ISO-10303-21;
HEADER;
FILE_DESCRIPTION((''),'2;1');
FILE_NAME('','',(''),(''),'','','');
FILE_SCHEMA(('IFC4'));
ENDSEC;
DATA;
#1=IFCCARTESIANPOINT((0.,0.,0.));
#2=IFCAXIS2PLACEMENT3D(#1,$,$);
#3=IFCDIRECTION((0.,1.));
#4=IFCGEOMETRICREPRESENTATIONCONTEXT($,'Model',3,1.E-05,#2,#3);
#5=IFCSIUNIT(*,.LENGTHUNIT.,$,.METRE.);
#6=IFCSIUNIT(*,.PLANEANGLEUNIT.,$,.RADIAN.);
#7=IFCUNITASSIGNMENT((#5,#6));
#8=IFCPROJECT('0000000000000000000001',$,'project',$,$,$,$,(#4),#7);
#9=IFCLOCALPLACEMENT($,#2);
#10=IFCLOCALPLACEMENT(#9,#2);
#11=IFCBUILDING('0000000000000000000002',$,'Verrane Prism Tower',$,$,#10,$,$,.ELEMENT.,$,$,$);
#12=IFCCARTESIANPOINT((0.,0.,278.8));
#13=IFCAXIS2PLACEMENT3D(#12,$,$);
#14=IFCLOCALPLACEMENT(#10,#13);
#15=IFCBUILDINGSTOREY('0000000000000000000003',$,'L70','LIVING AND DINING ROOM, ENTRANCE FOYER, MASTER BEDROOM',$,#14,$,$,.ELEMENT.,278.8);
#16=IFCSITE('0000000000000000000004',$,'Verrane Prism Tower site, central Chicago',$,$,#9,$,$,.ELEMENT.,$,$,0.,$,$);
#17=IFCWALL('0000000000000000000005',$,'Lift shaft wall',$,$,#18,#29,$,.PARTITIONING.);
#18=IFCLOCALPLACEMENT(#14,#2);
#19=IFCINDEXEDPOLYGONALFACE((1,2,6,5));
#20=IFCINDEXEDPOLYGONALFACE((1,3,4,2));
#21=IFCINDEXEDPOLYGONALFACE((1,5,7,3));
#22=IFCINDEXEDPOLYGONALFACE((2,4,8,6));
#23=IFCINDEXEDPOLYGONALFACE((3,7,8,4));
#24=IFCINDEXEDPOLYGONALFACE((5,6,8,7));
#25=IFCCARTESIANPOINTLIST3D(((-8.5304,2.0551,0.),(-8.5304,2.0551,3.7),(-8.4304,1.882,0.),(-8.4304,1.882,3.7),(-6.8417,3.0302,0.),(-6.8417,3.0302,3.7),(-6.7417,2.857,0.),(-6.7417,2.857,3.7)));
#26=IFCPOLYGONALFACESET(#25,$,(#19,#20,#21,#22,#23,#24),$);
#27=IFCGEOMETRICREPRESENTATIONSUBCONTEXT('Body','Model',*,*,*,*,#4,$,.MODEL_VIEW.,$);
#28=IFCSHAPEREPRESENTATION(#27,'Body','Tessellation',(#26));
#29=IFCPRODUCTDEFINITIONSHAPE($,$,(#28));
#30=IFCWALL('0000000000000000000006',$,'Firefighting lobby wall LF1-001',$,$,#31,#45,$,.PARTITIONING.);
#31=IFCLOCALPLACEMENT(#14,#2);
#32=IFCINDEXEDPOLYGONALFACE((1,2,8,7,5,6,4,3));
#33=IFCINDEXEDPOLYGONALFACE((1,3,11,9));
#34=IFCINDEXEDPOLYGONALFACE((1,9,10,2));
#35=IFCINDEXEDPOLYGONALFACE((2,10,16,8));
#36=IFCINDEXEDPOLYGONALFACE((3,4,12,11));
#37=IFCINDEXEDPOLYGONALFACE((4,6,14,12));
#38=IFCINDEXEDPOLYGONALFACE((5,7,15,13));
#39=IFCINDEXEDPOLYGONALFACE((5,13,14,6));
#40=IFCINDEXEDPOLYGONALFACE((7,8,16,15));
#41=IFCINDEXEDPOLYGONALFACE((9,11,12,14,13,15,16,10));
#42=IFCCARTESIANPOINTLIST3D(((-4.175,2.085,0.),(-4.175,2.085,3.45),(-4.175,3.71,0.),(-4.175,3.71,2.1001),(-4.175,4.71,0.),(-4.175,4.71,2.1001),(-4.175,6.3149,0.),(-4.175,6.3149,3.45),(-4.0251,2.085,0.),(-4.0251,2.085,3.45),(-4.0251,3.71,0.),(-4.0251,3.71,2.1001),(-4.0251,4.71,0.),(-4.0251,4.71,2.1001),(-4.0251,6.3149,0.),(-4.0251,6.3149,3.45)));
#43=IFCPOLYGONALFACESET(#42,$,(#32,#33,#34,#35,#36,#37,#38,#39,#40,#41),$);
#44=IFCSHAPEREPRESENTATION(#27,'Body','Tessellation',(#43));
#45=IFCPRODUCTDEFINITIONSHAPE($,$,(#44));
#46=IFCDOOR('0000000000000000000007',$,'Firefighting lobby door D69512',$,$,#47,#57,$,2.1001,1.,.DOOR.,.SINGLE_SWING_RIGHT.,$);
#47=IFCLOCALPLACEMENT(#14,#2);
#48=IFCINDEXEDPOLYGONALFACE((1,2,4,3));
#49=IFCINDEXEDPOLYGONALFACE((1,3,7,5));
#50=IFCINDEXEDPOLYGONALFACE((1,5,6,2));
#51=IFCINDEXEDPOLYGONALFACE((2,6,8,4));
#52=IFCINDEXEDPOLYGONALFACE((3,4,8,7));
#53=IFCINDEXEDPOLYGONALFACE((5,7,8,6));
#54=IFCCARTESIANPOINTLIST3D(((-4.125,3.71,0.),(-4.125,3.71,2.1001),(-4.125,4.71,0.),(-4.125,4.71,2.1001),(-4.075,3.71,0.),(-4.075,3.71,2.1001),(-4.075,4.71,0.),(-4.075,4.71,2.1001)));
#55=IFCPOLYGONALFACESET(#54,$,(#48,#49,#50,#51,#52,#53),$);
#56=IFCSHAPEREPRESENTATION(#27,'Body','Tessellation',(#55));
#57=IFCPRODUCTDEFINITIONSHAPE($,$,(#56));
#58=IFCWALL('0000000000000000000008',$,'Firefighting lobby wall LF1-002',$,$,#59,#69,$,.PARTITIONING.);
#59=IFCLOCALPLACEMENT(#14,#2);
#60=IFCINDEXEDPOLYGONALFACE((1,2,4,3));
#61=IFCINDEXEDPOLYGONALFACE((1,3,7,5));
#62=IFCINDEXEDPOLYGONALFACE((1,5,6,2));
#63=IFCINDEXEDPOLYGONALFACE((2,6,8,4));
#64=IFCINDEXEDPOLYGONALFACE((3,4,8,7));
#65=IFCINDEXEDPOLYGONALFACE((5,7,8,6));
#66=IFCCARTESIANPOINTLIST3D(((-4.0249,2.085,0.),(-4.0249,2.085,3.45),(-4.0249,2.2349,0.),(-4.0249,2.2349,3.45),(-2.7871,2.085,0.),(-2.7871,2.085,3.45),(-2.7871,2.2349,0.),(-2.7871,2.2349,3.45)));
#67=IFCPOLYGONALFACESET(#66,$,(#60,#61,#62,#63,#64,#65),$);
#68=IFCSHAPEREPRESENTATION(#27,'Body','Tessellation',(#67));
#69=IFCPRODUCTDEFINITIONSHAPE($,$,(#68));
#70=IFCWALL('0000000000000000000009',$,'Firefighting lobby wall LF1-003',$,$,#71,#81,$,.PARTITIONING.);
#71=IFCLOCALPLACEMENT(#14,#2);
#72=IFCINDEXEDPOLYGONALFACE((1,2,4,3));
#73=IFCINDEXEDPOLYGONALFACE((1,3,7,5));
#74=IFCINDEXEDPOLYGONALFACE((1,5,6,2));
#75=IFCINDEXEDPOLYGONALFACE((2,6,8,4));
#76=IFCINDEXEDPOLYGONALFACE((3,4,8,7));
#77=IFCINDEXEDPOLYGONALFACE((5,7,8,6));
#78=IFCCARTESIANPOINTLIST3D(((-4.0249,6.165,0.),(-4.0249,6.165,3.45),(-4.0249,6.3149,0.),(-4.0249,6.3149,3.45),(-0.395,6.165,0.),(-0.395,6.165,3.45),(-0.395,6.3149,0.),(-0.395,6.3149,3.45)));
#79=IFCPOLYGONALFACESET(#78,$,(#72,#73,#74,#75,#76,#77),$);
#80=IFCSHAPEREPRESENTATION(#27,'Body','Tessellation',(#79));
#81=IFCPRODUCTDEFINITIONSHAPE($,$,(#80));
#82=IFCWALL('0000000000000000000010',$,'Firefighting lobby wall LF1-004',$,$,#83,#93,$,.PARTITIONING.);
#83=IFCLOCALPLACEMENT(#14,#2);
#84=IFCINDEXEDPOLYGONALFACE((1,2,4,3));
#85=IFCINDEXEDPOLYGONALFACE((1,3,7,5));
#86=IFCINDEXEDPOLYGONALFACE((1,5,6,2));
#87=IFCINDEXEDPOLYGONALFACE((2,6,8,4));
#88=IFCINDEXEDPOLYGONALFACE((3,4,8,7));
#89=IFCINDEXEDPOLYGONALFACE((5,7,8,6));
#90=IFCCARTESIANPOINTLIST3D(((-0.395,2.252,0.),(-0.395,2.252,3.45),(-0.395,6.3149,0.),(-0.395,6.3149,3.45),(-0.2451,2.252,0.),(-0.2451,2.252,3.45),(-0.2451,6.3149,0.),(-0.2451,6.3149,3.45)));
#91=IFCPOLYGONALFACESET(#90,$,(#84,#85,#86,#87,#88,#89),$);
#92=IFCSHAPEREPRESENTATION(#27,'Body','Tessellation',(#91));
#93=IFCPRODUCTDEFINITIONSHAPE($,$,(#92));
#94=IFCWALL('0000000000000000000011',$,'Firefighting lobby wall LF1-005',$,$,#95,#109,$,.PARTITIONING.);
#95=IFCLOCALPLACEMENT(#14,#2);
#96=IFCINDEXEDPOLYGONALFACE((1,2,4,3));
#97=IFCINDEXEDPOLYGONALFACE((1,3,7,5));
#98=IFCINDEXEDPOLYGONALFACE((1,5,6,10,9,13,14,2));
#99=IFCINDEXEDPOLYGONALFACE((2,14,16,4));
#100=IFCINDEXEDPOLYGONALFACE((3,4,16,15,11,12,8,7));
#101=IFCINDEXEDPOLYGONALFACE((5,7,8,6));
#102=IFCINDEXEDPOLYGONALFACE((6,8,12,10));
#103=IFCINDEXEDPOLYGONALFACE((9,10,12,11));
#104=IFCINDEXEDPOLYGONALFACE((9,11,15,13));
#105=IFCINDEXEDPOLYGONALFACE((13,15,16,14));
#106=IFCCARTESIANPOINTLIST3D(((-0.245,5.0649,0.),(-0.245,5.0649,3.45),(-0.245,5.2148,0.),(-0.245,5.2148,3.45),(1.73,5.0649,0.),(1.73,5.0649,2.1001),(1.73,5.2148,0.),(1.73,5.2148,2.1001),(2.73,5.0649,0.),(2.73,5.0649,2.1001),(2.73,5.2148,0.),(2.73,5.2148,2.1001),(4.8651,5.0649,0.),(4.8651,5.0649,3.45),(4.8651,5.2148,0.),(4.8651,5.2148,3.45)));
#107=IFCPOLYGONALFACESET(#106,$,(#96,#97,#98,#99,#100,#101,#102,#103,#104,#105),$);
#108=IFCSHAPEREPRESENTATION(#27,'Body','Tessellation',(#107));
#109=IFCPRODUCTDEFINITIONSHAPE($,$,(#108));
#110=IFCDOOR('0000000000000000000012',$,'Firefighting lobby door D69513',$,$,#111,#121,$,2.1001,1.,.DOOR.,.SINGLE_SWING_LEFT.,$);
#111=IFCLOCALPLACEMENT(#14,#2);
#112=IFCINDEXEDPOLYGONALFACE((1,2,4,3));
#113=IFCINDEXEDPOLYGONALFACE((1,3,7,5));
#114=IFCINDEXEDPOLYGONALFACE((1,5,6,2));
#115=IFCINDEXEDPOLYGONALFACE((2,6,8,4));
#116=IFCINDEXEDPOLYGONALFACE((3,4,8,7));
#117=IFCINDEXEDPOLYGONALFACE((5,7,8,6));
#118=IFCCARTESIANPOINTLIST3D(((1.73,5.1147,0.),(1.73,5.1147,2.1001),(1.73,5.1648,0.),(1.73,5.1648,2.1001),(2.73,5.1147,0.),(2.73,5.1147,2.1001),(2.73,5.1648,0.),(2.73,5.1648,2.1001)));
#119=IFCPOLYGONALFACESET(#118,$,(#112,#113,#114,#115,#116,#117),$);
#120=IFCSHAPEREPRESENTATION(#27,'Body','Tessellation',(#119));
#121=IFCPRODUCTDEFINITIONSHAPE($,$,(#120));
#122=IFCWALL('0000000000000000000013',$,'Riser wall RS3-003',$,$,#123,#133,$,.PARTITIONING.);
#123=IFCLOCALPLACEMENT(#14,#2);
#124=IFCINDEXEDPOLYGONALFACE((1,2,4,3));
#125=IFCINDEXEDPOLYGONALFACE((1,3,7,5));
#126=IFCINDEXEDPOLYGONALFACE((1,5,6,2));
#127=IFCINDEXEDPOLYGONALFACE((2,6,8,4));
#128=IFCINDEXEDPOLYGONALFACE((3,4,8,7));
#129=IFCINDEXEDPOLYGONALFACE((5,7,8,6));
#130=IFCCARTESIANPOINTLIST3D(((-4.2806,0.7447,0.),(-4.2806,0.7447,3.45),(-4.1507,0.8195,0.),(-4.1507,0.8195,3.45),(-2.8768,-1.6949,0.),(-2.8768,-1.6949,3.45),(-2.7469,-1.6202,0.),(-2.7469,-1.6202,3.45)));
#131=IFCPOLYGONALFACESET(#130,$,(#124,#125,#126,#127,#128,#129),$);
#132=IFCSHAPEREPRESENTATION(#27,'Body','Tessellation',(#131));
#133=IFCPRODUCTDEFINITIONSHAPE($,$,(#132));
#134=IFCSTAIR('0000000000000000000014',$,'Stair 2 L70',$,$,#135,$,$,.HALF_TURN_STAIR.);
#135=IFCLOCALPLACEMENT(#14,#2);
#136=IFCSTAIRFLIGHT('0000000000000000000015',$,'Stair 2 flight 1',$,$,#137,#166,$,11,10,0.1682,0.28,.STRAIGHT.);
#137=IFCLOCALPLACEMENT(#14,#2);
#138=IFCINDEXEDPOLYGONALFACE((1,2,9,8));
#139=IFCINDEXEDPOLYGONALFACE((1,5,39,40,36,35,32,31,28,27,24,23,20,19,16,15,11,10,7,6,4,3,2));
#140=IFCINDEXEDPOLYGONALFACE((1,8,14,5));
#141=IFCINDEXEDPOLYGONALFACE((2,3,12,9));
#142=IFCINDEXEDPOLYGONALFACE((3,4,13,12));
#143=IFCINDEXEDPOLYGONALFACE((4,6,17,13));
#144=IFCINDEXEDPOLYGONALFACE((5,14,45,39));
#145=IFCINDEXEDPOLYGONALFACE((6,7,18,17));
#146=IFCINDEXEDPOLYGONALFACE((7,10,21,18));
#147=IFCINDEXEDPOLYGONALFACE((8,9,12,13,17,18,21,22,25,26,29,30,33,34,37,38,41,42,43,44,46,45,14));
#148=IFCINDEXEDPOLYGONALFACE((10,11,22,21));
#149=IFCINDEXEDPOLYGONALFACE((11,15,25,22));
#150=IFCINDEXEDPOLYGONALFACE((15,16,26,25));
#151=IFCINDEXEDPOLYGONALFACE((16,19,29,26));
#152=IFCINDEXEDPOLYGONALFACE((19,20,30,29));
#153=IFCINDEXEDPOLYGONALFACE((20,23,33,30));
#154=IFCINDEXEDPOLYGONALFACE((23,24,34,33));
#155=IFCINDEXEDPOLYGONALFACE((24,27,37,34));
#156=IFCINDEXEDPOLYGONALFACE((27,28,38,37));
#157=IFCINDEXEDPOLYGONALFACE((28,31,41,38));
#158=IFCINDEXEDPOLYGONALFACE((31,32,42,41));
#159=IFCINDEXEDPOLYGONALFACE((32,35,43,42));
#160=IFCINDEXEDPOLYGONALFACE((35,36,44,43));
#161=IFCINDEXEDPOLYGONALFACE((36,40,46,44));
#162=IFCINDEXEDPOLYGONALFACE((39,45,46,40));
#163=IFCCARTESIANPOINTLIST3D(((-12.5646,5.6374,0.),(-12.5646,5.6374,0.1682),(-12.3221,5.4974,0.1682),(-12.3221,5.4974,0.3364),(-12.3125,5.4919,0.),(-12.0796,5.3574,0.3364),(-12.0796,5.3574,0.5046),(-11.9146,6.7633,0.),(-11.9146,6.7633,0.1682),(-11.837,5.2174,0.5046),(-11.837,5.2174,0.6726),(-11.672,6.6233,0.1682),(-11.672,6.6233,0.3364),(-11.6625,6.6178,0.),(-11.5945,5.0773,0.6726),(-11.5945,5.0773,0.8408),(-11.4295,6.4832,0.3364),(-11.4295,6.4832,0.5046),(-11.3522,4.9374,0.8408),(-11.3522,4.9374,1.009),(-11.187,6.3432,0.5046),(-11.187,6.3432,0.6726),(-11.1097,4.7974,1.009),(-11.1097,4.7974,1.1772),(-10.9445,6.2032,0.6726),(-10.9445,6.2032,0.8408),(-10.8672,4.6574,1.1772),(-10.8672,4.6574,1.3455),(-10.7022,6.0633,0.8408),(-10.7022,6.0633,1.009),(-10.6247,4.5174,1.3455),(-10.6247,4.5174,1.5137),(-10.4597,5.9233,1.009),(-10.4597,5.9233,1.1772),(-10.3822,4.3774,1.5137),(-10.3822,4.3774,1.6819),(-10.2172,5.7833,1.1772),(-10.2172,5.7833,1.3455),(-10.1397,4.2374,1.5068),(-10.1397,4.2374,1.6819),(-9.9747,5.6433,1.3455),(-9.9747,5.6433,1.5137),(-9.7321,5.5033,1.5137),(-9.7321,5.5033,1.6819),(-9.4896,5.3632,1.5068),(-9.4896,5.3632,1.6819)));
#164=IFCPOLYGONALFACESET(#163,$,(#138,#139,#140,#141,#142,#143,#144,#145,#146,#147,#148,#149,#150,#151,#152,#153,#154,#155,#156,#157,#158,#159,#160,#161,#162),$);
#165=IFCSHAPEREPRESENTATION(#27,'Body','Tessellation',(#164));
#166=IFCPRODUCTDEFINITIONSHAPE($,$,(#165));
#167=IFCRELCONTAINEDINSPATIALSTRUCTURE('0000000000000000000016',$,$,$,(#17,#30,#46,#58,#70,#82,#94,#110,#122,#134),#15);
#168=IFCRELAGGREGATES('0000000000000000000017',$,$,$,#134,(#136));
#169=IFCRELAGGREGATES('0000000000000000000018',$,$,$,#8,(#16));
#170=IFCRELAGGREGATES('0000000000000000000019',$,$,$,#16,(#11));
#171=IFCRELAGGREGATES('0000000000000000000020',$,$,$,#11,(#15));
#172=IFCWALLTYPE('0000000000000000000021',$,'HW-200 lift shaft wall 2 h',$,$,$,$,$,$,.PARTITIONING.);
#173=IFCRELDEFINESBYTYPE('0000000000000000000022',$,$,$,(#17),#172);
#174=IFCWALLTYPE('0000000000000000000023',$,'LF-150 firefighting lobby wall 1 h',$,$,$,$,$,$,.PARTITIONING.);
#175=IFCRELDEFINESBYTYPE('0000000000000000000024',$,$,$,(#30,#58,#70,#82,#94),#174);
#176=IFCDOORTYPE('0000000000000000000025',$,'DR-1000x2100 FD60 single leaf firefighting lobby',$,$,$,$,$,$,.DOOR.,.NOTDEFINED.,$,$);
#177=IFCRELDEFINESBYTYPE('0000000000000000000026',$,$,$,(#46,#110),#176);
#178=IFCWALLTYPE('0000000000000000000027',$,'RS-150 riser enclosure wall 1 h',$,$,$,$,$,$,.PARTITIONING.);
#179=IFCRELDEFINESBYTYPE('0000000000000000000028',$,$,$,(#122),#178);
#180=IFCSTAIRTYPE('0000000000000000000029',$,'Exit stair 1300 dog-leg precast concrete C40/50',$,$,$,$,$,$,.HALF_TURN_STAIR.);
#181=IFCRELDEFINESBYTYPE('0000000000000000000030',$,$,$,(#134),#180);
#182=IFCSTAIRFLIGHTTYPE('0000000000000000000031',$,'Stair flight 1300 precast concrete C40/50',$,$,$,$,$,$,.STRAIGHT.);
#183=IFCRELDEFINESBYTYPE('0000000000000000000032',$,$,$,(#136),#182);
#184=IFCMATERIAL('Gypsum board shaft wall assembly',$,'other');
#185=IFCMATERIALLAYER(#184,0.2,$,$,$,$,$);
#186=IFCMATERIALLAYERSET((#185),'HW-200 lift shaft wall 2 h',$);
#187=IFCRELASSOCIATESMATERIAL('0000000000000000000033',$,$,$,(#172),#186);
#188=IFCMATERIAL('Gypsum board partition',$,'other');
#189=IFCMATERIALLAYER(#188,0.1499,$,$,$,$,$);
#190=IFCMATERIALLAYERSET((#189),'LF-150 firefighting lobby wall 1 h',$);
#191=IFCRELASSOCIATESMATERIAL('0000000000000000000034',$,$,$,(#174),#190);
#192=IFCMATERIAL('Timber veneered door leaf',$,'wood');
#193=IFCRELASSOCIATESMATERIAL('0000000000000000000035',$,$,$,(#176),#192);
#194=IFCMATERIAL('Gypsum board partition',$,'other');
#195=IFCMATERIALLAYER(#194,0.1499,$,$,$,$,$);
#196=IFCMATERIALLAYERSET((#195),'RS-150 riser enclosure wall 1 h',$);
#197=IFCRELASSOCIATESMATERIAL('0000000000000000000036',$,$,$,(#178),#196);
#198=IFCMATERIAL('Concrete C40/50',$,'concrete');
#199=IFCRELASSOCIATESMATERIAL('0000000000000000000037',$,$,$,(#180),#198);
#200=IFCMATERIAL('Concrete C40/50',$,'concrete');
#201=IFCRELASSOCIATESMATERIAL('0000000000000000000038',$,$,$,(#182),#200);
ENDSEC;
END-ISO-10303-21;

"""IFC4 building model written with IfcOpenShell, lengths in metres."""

from ifc_helpers import new_model, si_unit, direction, frame, frame_2d, origin, place, context, subcontext, project, spatial, polyline, rectangle, outline, extrude, material, layer, layer_set, type_object, element, fill, aggregate, save


model = new_model("IFC4")

# Units and contexts
model_context = context("Model", 3, precision=1e-05, world=origin(), true_north=direction((0.0, 1.0)))
body_context = subcontext(model_context, "Body", "Model", "MODEL_VIEW")
ifc_project = project(units=[si_unit("LENGTHUNIT", "METRE"), si_unit("PLANEANGLEUNIT", "RADIAN")], contexts=[model_context])

# Site, building, storey
site_placement = place(None, origin())
site = spatial("IfcSite", under=ifc_project, at=site_placement, Name="Verrane Prism Tower site, central Chicago", CompositionType="ELEMENT", RefElevation=0.0)
building_placement = place(site_placement, origin())
building = spatial("IfcBuilding", under=site, at=building_placement, Name="Verrane Prism Tower", CompositionType="ELEMENT")
storey_placement = place(building_placement, frame((0.0, 0.0, 278.8)))
storey = spatial("IfcBuildingStorey", under=building, at=storey_placement, Name="L70", Description="LIVING AND DINING ROOM, ENTRANCE FOYER, MASTER BEDROOM", CompositionType="ELEMENT", Elevation=278.8)

# Shared definitions
ifc_material_1 = material(Name="Gypsum board shaft wall assembly", Category="other")
ifc_layer_1 = layer(ifc_material_1, 0.2)
ifc_layer_set_1 = layer_set([ifc_layer_1], Name="HW-200 lift shaft wall 2 h")
wall_type_1 = type_object("IfcWallType", Name="HW-200 lift shaft wall 2 h", PredefinedType="PARTITIONING", material=ifc_layer_set_1)

# Wall
wall_1_placement = place(storey_placement, frame((-8.4805, 1.9685, 0.0), z_axis=(0.0, 0.0, 1.0), x_axis=(0.866, 0.500044, 0.0)))
element("IfcWall", 1, at=wall_1_placement, inside=storey, type_object=wall_type_1, Name="Lift shaft wall", PredefinedType="PARTITIONING", context=body_context, shape_type="SweptSolid", body=[
    extrude(rectangle(XDim=1.95, YDim=0.2, at=frame_2d((0.9751, 0.0))), origin(), (0.0, 0.0, 1.0), 3.7),
])

# Wall, opening, door
ifc_material_2 = material(Name="Gypsum board partition", Category="other")
ifc_layer_2 = layer(ifc_material_2, 0.1499)
ifc_layer_set_2 = layer_set([ifc_layer_2], Name="LF-150 firefighting lobby wall 1 h")
wall_type_2 = type_object("IfcWallType", Name="LF-150 firefighting lobby wall 1 h", PredefinedType="PARTITIONING", material=ifc_layer_set_2)
wall_2_placement = place(storey_placement, frame((-4.1001, 2.085, 0.0), z_axis=(0.0, 0.0, 1.0), x_axis=(0.0, 1.0, 0.0)))
wall_2 = element("IfcWall", 2, at=wall_2_placement, inside=storey, type_object=wall_type_2, Name="Firefighting lobby wall LF1-001", PredefinedType="PARTITIONING", context=body_context, shape_type="SweptSolid", body=[
    extrude(rectangle(XDim=4.23, YDim=0.1499, at=frame_2d((2.115, 0.0))), origin(), (0.0, 0.0, 1.0), 3.45),
])
opening_1_placement = place(wall_2_placement, frame((1.625, 0.0, 0.0)))
opening_1 = element("IfcOpeningElement", 3, at=opening_1_placement, cuts=wall_2, PredefinedType="OPENING", context=body_context, shape_type="SweptSolid", body=[
    extrude(rectangle(XDim=1.0, YDim=2.1001, at=frame_2d((0.5, 1.05))), frame((0.0, 0.085, 0.0), z_axis=(0.0, -1.0, 0.0), x_axis=(1.0, 0.0, 0.0)), (0.0, 0.0, 1.0), 0.1699),
])
ifc_material_3 = material(Name="Timber veneered door leaf", Category="wood")
door_type_1 = type_object("IfcDoorType", Name="DR-1000x2100 FD60 single leaf firefighting lobby", OperationType="NOTDEFINED", PredefinedType="DOOR", material=ifc_material_3)
door_1_placement = place(opening_1_placement, origin())
door_1 = element("IfcDoor", 4, at=door_1_placement, inside=storey, type_object=door_type_1, Name="Firefighting lobby door D69512", OperationType="SINGLE_SWING_RIGHT", OverallHeight=2.1001, OverallWidth=1.0, PredefinedType="DOOR", context=body_context, shape_type="SweptSolid", body=[
    extrude(rectangle(XDim=1.0, YDim=2.1001, at=frame_2d((0.5, 1.05))), frame((0.0, 0.0249, 0.0), z_axis=(0.0, -1.0, 0.0), x_axis=(1.0, 0.0, 0.0)), (0.0, 0.0, 1.0), 0.05),
])
fill(opening_1, door_1)

# Walls
wall_3_placement = place(storey_placement, frame((-4.0249, 2.1599, 0.0), z_axis=(0.0, 0.0, 1.0), x_axis=(1.0, 0.0, 0.0)))
element("IfcWall", 5, at=wall_3_placement, inside=storey, type_object=wall_type_2, Name="Firefighting lobby wall LF1-002", PredefinedType="PARTITIONING", context=body_context, shape_type="SweptSolid", body=[
    extrude(rectangle(XDim=1.2378, YDim=0.1499, at=frame_2d((0.6189, 0.0))), origin(), (0.0, 0.0, 1.0), 3.45),
])
wall_4_placement = place(storey_placement, frame((-4.0249, 6.24, 0.0), z_axis=(0.0, 0.0, 1.0), x_axis=(1.0, 0.0, 0.0)))
element("IfcWall", 6, at=wall_4_placement, inside=storey, type_object=wall_type_2, Name="Firefighting lobby wall LF1-003", PredefinedType="PARTITIONING", context=body_context, shape_type="SweptSolid", body=[
    extrude(rectangle(XDim=3.6299, YDim=0.1499, at=frame_2d((1.8149, 0.0))), origin(), (0.0, 0.0, 1.0), 3.45),
])
wall_5_placement = place(storey_placement, frame((-0.3201, 2.252, 0.0), z_axis=(0.0, 0.0, 1.0), x_axis=(0.0, 1.0, 0.0)))
element("IfcWall", 7, at=wall_5_placement, inside=storey, type_object=wall_type_2, Name="Firefighting lobby wall LF1-004", PredefinedType="PARTITIONING", context=body_context, shape_type="SweptSolid", body=[
    extrude(rectangle(XDim=4.063, YDim=0.1499, at=frame_2d((2.0315, 0.0))), origin(), (0.0, 0.0, 1.0), 3.45),
])

# Wall, opening, door
wall_6_placement = place(storey_placement, frame((-0.2451, 5.1399, 0.0), z_axis=(0.0, 0.0, 1.0), x_axis=(1.0, 0.0, 0.0)))
wall_6 = element("IfcWall", 8, at=wall_6_placement, inside=storey, type_object=wall_type_2, Name="Firefighting lobby wall LF1-005", PredefinedType="PARTITIONING", context=body_context, shape_type="SweptSolid", body=[
    extrude(rectangle(XDim=5.1101, YDim=0.1499, at=frame_2d((2.5552, 0.0))), origin(), (0.0, 0.0, 1.0), 3.45),
])
opening_2_placement = place(wall_6_placement, frame((1.9751, 0.0, 0.0)))
opening_2 = element("IfcOpeningElement", 9, at=opening_2_placement, cuts=wall_6, PredefinedType="OPENING", context=body_context, shape_type="SweptSolid", body=[
    extrude(rectangle(XDim=1.0, YDim=2.1001, at=frame_2d((0.5, 1.05))), frame((0.0, 0.085, 0.0), z_axis=(0.0, -1.0, 0.0), x_axis=(1.0, 0.0, 0.0)), (0.0, 0.0, 1.0), 0.1699),
])
door_2_placement = place(opening_2_placement, origin())
door_2 = element("IfcDoor", 10, at=door_2_placement, inside=storey, type_object=door_type_1, Name="Firefighting lobby door D69513", OperationType="SINGLE_SWING_LEFT", OverallHeight=2.1001, OverallWidth=1.0, PredefinedType="DOOR", context=body_context, shape_type="SweptSolid", body=[
    extrude(rectangle(XDim=1.0, YDim=2.1001, at=frame_2d((0.5, 1.05))), frame((0.0, 0.0249, 0.0), z_axis=(0.0, -1.0, 0.0), x_axis=(1.0, 0.0, 0.0)), (0.0, 0.0, 1.0), 0.05),
])
fill(opening_2, door_2)

# Wall
ifc_material_4 = material(Name="Gypsum board partition", Category="other")
ifc_layer_3 = layer(ifc_material_4, 0.1499)
ifc_layer_set_3 = layer_set([ifc_layer_3], Name="RS-150 riser enclosure wall 1 h")
wall_type_3 = type_object("IfcWallType", Name="RS-150 riser enclosure wall 1 h", PredefinedType="PARTITIONING", material=ifc_layer_set_3)
wall_7_placement = place(storey_placement, frame((-4.2156, 0.782, 0.0), z_axis=(0.0, 0.0, 1.0), x_axis=(0.498733, -0.866755, 0.0)))
element("IfcWall", 11, at=wall_7_placement, inside=storey, type_object=wall_type_3, Name="Riser wall RS3-003", PredefinedType="PARTITIONING", context=body_context, shape_type="SweptSolid", body=[
    extrude(rectangle(XDim=2.8147, YDim=0.1499, at=frame_2d((1.4072, 0.0))), origin(), (0.0, 0.0, 1.0), 3.45),
])

# Stair, stair flight
ifc_material_5 = material(Name="Concrete C40/50", Category="concrete")
stair_type = type_object("IfcStairType", Name="Exit stair 1300 dog-leg precast concrete C40/50", PredefinedType="HALF_TURN_STAIR", material=ifc_material_5)
stair_placement = place(storey_placement, origin())
stair = element("IfcStair", 12, at=stair_placement, inside=storey, type_object=stair_type, Name="Stair 2 L70", PredefinedType="HALF_TURN_STAIR")
ifc_material_6 = material(Name="Concrete C40/50", Category="concrete")
stair_flight_type = type_object("IfcStairFlightType", Name="Stair flight 1300 precast concrete C40/50", PredefinedType="STRAIGHT", material=ifc_material_6)
stair_flight_1_placement = place(storey_placement, frame((-12.2395, 6.2004, 0.0), z_axis=(0.0, 0.0, 1.0), x_axis=(0.866025, -0.5, 0.0)))
stair_flight_1 = element("IfcStairFlight", 13, at=stair_flight_1_placement, type_object=stair_flight_type, Name="Stair 2 flight 1", NumberOfRisers=11, NumberOfTreads=10, PredefinedType="STRAIGHT", RiserHeight=0.1682, TreadLength=0.28, context=body_context, shape_type="SweptSolid", body=[
    extrude(outline(polyline([(0.0, 0.0), (0.0, 0.1682), (0.28, 0.1682), (0.28, 0.3364), (0.5601, 0.3364), (0.5601, 0.5046), (0.8401, 0.5046), (0.8401, 0.6726), (1.1201, 0.6726), (1.1201, 0.8408), (1.3999, 0.8408), (1.3999, 1.009), (1.6799, 1.009), (1.6799, 1.1772), (1.96, 1.1772), (1.96, 1.3455), (2.24, 1.3455), (2.24, 1.5137), (2.52, 1.5137), (2.52, 1.6819), (2.8, 1.6819), (2.8, 1.8501), (2.8, 1.5068), (0.291, 0.0), (0.0, 0.0)])), frame((0.0, 0.6499, 0.0), z_axis=(0.0, -1.0, 0.0), x_axis=(1.0, 0.0, 0.0)), (0.0, 0.0, 1.0), 1.3),
])
aggregate(stair, [stair_flight_1])

save(model, "model.ifc")
